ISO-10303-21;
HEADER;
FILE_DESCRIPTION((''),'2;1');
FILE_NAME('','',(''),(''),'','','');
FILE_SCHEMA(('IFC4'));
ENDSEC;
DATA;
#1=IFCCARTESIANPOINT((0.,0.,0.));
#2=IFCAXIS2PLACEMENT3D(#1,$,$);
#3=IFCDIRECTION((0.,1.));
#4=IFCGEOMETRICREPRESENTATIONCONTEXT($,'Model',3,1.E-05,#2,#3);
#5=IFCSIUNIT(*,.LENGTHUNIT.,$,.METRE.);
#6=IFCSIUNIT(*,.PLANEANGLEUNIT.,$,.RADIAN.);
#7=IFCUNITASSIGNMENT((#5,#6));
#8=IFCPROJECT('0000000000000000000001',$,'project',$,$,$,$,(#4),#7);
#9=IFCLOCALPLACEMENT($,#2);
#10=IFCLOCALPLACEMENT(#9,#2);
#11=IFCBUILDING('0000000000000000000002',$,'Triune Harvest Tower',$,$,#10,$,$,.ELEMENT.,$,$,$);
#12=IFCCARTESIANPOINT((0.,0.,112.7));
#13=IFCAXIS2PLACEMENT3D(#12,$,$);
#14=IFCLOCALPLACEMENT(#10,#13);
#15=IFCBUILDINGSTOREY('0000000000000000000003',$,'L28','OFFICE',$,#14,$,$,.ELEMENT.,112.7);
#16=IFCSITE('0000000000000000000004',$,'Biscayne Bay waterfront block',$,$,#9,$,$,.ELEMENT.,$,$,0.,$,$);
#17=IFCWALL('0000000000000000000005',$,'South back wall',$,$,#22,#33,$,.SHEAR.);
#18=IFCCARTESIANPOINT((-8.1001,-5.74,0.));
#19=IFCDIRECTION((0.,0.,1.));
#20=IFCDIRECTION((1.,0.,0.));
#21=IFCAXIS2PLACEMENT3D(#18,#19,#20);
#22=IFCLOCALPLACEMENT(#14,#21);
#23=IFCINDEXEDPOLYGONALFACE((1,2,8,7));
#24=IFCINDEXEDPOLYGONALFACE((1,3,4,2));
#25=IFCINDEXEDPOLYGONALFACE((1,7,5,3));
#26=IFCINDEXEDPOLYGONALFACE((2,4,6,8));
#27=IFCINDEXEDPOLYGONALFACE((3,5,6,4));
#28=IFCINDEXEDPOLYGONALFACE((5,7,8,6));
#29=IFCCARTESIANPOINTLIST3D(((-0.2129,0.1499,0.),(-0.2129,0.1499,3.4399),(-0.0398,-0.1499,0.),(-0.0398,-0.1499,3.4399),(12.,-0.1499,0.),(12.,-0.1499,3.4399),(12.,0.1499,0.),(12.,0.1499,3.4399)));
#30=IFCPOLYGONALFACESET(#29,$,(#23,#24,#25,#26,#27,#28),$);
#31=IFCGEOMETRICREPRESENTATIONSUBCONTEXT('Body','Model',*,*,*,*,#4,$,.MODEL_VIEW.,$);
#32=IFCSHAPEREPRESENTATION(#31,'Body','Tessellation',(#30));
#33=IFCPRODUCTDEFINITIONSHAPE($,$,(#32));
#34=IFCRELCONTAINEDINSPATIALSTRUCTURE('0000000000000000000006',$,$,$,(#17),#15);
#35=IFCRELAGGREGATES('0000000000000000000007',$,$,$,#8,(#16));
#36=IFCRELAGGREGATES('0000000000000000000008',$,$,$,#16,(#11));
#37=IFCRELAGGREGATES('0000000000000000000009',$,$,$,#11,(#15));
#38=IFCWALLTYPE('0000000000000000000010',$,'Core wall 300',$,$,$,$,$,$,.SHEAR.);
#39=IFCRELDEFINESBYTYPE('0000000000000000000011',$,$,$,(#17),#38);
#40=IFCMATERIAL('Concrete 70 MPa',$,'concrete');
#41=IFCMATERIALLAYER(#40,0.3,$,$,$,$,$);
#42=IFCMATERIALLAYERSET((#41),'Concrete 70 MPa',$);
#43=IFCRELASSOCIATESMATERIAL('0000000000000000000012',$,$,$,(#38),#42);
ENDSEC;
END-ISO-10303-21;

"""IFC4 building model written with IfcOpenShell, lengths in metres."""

from ifc_helpers import new_model, si_unit, direction, frame, origin, place, context, subcontext, project, spatial, polyline, outline, extrude, source, transform, mapped, material, layer, layer_set, type_object, element, save


model = new_model("IFC4")

# Units and contexts
model_context = context("Model", 3, precision=1e-05, world=origin(), true_north=direction((0.0, 1.0)))
body_context = subcontext(model_context, "Body", "Model", "MODEL_VIEW")
ifc_project = project(units=[si_unit("LENGTHUNIT", "METRE"), si_unit("PLANEANGLEUNIT", "RADIAN")], contexts=[model_context])

# Site, building, storey
site_placement = place(None, origin())
site = spatial("IfcSite", under=ifc_project, at=site_placement, Name="Biscayne Bay waterfront block", CompositionType="ELEMENT", RefElevation=0.0)
building_placement = place(site_placement, origin())
building = spatial("IfcBuilding", under=site, at=building_placement, Name="Triune Harvest Tower", CompositionType="ELEMENT")
storey_placement = place(building_placement, frame((0.0, 0.0, 112.7)))
storey = spatial("IfcBuildingStorey", under=building, at=storey_placement, Name="L28", Description="OFFICE", CompositionType="ELEMENT", Elevation=112.7)

# Shared definitions
ifc_material_1 = material(Name="Concrete 70 MPa", Category="concrete")
ifc_layer_1 = layer(ifc_material_1, 0.3)
ifc_layer_set_1 = layer_set([ifc_layer_1], Name="Concrete 70 MPa")
wall_type_1 = type_object("IfcWallType", Name="Core wall 300", PredefinedType="SHEAR", material=ifc_layer_set_1)

# Wall
shared_shape_1 = source(origin(), body_context, "Body", "SweptSolid", [
    extrude(outline(polyline([(12.0, -0.1499), (-0.0398, -0.1499), (-0.2129, 0.1499), (12.0, 0.1499), (12.0, -0.1499)])), origin(), (0.0, 0.0, 1.0), 3.4399),
])
wall_1_placement = place(storey_placement, frame((-8.1001, -5.74, 0.0), z_axis=(0.0, 0.0, 1.0), x_axis=(1.0, 0.0, 0.0)))
element("IfcWall", 1, at=wall_1_placement, inside=storey, type_object=wall_type_1, Name="South back wall", PredefinedType="SHEAR", context=body_context, shape_type="MappedRepresentation", body=[
    mapped(shared_shape_1, transform((0.0, 0.0, 0.0), scale=1.0)),
])

save(model, "model.ifc")
